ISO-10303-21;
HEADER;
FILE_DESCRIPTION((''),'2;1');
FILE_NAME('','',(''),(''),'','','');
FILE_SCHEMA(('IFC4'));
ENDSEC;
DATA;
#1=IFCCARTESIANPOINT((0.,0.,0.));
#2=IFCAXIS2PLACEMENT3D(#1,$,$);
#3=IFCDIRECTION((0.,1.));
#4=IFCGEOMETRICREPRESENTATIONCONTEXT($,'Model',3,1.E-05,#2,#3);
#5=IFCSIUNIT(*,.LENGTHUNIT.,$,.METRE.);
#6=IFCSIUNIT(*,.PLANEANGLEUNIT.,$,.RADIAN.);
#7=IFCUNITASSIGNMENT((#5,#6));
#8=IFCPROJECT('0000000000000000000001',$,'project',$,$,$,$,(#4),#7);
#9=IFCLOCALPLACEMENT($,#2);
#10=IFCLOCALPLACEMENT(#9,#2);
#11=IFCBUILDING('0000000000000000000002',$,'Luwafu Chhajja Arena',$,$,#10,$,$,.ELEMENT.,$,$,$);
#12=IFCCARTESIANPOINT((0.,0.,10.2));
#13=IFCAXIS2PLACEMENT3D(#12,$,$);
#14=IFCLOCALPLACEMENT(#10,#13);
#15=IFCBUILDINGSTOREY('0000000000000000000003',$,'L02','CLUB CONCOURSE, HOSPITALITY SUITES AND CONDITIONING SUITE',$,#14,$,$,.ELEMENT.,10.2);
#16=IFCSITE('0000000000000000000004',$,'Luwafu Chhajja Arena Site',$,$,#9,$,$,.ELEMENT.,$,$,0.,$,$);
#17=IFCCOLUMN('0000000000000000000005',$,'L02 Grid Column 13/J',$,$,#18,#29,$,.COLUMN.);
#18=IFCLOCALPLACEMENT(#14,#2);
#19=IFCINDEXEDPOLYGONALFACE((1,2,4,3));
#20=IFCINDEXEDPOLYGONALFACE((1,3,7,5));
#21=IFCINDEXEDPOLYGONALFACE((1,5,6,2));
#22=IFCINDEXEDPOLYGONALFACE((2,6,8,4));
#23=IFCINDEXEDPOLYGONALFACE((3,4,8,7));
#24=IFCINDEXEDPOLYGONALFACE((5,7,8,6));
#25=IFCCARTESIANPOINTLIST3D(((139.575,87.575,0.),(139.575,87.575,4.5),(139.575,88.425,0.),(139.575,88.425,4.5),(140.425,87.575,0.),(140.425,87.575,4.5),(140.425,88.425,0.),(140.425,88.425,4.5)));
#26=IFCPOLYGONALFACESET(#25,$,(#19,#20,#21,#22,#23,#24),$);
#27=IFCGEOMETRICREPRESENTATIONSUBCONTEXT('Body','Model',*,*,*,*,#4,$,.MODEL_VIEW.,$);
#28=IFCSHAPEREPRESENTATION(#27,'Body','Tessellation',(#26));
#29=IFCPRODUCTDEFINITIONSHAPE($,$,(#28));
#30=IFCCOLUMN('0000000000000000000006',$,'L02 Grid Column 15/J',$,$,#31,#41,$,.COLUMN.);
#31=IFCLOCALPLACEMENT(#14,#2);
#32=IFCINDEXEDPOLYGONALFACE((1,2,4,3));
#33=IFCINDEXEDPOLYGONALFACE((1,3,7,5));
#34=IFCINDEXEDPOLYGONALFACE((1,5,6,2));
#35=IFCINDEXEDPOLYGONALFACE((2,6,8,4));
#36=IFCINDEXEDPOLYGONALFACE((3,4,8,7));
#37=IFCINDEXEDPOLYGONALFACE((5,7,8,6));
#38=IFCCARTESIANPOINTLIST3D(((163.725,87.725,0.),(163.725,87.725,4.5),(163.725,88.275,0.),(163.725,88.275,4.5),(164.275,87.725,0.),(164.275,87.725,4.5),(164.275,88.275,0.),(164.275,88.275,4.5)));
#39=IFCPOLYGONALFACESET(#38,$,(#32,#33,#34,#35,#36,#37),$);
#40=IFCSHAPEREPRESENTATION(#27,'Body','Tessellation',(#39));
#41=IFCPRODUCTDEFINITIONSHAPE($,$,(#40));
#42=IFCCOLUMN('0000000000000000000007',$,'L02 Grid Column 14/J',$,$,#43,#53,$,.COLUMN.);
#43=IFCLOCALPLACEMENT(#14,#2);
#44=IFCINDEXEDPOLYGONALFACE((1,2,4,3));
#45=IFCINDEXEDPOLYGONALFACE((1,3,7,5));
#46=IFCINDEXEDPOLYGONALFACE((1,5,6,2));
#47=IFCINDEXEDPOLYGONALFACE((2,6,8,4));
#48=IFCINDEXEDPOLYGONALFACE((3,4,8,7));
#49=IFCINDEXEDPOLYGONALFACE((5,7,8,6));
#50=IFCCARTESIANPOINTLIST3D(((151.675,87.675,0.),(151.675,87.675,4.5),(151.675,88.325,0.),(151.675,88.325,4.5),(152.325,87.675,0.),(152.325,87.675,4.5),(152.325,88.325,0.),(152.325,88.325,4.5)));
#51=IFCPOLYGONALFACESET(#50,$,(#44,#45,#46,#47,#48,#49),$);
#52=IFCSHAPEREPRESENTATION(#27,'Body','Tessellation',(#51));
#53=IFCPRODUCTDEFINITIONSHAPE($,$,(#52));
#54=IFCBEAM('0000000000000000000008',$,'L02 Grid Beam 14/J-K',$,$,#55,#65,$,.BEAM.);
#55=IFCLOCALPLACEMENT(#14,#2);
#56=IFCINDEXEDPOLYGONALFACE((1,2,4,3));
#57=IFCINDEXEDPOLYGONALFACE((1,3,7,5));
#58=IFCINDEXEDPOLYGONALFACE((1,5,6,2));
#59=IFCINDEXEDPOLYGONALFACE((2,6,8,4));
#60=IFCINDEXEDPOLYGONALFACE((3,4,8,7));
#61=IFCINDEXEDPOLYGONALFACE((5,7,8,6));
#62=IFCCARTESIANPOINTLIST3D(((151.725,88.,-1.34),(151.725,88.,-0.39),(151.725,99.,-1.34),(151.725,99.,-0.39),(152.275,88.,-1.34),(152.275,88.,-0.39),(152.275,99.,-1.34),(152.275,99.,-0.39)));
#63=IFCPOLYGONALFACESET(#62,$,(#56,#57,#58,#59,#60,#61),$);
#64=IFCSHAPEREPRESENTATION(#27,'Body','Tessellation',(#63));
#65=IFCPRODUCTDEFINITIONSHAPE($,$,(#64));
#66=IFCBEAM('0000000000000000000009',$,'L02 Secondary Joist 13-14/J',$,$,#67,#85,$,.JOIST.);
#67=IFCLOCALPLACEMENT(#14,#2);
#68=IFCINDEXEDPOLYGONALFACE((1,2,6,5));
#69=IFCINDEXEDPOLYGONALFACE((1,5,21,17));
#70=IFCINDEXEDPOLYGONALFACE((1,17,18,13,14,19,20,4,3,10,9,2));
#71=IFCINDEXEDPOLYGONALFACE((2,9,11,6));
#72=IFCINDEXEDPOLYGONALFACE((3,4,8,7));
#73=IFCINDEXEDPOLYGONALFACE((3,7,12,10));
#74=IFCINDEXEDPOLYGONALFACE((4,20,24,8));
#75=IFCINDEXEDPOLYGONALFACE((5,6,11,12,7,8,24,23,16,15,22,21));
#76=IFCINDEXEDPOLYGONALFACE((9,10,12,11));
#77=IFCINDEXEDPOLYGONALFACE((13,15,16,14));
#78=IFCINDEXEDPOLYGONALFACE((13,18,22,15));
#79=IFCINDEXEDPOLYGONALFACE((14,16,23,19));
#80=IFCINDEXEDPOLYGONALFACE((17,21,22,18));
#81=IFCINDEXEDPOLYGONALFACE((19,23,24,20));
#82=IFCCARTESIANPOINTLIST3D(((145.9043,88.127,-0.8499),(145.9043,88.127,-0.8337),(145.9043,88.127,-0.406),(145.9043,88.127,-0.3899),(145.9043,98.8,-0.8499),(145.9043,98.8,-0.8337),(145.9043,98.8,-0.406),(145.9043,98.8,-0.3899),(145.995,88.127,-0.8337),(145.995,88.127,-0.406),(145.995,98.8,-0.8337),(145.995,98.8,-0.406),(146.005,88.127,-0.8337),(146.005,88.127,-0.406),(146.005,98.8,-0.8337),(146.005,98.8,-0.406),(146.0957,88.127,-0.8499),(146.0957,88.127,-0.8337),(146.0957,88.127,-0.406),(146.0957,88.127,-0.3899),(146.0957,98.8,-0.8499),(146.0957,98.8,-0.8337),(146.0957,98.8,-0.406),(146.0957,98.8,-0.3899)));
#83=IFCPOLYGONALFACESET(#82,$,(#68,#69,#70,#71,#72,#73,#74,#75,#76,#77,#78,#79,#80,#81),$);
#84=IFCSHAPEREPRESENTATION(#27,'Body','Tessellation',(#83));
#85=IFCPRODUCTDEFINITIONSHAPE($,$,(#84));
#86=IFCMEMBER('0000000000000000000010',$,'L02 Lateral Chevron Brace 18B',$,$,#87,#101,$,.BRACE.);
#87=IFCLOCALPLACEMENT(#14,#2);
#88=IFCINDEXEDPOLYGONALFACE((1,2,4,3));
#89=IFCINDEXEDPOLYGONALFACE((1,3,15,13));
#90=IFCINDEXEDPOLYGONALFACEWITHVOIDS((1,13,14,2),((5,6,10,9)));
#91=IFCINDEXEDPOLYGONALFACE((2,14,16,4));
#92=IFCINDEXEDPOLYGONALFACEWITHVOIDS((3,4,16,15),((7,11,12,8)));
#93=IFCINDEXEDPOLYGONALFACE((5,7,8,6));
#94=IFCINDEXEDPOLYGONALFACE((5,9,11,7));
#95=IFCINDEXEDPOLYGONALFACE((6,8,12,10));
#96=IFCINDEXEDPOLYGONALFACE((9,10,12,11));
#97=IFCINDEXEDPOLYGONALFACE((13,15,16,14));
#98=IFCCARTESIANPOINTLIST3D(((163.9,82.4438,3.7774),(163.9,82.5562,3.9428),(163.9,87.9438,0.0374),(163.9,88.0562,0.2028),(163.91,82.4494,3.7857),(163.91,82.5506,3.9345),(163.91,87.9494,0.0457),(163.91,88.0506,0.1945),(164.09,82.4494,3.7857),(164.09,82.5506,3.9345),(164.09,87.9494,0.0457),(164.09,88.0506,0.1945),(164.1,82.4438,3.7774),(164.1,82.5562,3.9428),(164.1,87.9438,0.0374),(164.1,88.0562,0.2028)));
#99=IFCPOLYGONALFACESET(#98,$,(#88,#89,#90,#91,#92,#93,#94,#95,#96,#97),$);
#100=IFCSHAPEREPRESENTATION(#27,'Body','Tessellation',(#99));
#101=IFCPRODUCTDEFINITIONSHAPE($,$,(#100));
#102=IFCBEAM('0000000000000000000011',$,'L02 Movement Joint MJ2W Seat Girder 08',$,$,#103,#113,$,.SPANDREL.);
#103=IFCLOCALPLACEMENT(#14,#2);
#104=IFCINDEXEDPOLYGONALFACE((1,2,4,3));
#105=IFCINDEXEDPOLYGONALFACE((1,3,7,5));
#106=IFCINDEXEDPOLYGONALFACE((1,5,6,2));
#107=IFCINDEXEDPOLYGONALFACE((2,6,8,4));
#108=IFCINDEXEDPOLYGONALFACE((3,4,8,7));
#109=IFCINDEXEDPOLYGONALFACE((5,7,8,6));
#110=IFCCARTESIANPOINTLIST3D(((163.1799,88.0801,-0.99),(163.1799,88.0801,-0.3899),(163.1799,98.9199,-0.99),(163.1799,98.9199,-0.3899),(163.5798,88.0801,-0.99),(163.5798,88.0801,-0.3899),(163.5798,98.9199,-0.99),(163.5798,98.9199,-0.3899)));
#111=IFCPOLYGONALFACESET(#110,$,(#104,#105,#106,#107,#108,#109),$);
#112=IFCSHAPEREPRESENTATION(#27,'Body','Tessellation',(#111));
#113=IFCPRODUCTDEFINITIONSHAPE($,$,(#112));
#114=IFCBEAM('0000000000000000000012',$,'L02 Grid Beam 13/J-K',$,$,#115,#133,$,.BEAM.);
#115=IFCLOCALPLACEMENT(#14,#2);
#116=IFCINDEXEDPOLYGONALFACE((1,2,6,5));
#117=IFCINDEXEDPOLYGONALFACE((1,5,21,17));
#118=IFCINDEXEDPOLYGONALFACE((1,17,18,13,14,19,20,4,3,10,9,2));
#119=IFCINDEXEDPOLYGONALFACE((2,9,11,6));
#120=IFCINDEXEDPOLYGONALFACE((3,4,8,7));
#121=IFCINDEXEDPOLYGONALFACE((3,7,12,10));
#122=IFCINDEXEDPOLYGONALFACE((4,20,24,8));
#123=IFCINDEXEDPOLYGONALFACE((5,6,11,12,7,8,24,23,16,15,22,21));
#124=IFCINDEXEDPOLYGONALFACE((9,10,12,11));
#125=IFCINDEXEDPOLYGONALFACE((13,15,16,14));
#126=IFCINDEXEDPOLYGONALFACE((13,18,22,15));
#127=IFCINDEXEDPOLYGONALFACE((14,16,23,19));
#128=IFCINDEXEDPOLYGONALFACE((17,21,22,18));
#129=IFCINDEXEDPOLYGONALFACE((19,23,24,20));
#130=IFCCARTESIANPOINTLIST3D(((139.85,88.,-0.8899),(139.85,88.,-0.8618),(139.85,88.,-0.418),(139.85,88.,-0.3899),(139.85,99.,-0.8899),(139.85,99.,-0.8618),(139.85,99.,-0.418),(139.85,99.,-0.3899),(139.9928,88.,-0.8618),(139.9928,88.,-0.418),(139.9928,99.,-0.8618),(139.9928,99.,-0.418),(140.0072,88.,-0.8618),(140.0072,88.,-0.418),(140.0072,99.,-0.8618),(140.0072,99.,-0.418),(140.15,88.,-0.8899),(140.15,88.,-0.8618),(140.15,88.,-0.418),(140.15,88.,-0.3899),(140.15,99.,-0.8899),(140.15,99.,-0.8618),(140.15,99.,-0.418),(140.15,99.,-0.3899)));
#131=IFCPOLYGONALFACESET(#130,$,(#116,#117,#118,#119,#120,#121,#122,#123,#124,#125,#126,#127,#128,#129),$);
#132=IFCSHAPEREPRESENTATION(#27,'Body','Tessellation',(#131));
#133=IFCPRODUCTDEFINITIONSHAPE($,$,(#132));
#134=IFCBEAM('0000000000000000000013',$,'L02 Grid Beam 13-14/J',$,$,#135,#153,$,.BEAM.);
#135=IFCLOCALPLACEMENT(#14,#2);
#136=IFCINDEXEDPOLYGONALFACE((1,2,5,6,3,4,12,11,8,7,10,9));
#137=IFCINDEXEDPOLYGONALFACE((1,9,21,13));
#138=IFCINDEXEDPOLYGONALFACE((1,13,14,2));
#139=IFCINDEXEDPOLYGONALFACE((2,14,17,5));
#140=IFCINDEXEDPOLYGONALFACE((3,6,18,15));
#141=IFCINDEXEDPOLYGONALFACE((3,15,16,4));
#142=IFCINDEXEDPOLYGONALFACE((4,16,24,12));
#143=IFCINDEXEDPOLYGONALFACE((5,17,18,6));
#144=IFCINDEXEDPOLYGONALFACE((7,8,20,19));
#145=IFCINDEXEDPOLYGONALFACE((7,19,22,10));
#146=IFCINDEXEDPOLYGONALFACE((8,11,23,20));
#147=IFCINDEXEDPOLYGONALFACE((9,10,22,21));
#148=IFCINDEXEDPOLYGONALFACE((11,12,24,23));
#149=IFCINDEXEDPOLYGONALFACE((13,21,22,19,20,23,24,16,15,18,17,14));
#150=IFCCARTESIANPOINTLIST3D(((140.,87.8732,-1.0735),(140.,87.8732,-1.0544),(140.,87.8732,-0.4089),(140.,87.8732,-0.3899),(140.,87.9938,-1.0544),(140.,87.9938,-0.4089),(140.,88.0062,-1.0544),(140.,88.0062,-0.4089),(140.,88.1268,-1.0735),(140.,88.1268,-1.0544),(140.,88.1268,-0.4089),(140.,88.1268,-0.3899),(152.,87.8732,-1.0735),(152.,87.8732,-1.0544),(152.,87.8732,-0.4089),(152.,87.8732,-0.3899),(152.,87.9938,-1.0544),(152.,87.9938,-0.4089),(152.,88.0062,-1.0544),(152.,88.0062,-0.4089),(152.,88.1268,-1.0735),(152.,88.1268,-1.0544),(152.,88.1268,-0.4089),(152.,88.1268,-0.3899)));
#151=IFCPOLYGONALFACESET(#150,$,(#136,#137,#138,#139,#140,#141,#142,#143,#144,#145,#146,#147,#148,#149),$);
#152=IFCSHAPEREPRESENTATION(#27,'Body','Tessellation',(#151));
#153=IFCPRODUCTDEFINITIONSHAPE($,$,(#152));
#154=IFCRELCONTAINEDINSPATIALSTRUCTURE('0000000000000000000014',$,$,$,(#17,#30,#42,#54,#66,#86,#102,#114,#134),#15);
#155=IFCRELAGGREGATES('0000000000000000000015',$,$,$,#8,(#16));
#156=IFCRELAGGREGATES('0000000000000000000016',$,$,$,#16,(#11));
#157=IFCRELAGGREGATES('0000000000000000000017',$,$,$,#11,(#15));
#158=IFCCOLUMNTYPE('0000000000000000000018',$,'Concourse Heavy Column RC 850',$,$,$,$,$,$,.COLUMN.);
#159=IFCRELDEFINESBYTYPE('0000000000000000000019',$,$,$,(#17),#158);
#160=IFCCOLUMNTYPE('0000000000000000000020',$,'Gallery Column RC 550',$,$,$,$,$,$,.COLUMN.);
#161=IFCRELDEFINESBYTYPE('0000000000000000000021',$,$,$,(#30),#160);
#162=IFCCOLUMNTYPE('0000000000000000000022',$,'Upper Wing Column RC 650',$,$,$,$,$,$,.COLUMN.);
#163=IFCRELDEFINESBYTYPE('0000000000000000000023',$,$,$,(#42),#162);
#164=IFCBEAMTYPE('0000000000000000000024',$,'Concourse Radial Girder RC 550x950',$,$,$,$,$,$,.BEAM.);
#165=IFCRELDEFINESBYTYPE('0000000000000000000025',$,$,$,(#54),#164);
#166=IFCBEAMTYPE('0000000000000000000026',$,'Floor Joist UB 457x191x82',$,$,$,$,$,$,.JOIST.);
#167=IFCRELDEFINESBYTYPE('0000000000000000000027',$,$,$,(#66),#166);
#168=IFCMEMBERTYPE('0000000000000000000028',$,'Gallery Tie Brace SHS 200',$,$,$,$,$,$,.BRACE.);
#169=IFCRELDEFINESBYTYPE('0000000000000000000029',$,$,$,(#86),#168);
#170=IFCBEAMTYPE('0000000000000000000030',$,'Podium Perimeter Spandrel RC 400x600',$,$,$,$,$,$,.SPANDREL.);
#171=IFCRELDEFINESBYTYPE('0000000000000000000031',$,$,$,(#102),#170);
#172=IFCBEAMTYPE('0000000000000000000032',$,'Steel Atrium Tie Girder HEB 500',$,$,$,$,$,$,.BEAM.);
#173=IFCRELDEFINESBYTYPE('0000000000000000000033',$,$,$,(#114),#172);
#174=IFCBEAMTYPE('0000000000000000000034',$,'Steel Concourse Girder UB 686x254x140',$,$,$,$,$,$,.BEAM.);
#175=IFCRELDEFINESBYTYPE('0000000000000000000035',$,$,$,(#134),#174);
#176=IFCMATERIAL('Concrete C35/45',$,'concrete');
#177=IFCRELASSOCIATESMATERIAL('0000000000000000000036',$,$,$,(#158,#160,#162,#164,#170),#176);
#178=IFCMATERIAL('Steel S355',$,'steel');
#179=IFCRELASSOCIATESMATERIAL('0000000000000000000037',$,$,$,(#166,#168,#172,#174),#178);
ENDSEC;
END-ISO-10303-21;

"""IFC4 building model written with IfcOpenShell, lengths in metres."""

from ifc_helpers import new_model, si_unit, direction, frame, origin, origin_2d, place, context, subcontext, project, spatial, rectangle, hollow_rectangle, i_section, extrude, material, material_profile, profile_set, type_object, element, save


model = new_model("IFC4")

# Units and contexts
model_context = context("Model", 3, precision=1e-05, world=origin(), true_north=direction((0.0, 1.0)))
body_context = subcontext(model_context, "Body", "Model", "MODEL_VIEW")
ifc_project = project(units=[si_unit("LENGTHUNIT", "METRE"), si_unit("PLANEANGLEUNIT", "RADIAN")], contexts=[model_context])

# Site, building, storey
site_placement = place(None, origin())
site = spatial("IfcSite", under=ifc_project, at=site_placement, Name="Luwafu Chhajja Arena Site", CompositionType="ELEMENT", RefElevation=0.0)
building_placement = place(site_placement, origin())
building = spatial("IfcBuilding", under=site, at=building_placement, Name="Luwafu Chhajja Arena", CompositionType="ELEMENT")
storey_placement = place(building_placement, frame((0.0, 0.0, 10.2)))
storey = spatial("IfcBuildingStorey", under=building, at=storey_placement, Name="L02", Description="CLUB CONCOURSE, HOSPITALITY SUITES AND CONDITIONING SUITE", CompositionType="ELEMENT", Elevation=10.2)

# Columns
ifc_material_1 = material(Name="Concrete C35/45", Category="concrete")
ifc_material_profile_1 = material_profile(ifc_material_1, rectangle(XDim=0.8501, YDim=0.8501, at=origin_2d()), Name="RC 850x850")
ifc_profile_set_1 = profile_set([ifc_material_profile_1], Name="Concrete C35/45")
column_type_1 = type_object("IfcColumnType", Name="Concourse Heavy Column RC 850", PredefinedType="COLUMN", material=ifc_profile_set_1)
column_1_placement = place(storey_placement, frame((140.0, 88.0, 0.0), z_axis=(0.0, 0.0, 1.0), x_axis=(1.0, 0.0, 0.0)))
element("IfcColumn", 1, at=column_1_placement, inside=storey, type_object=column_type_1, Name="L02 Grid Column 13/J", PredefinedType="COLUMN", context=body_context, shape_type="SweptSolid", body=[
    extrude(rectangle(XDim=0.8501, YDim=0.8501, at=origin_2d()), origin(), (0.0, 0.0, 1.0), 4.5),
])
ifc_material_profile_2 = material_profile(ifc_material_1, rectangle(XDim=0.55, YDim=0.55, at=origin_2d()), Name="RC 550x550")
ifc_profile_set_2 = profile_set([ifc_material_profile_2], Name="Concrete C35/45")
column_type_2 = type_object("IfcColumnType", Name="Gallery Column RC 550", PredefinedType="COLUMN", material=ifc_profile_set_2)
column_2_placement = place(storey_placement, frame((164.0, 88.0, 0.0), z_axis=(0.0, 0.0, 1.0), x_axis=(1.0, 0.0, 0.0)))
element("IfcColumn", 2, at=column_2_placement, inside=storey, type_object=column_type_2, Name="L02 Grid Column 15/J", PredefinedType="COLUMN", context=body_context, shape_type="SweptSolid", body=[
    extrude(rectangle(XDim=0.55, YDim=0.55, at=origin_2d()), origin(), (0.0, 0.0, 1.0), 4.5),
])
ifc_material_profile_3 = material_profile(ifc_material_1, rectangle(XDim=0.6499, YDim=0.6499, at=origin_2d()), Name="RC 650x650")
ifc_profile_set_3 = profile_set([ifc_material_profile_3], Name="Concrete C35/45")
column_type_3 = type_object("IfcColumnType", Name="Upper Wing Column RC 650", PredefinedType="COLUMN", material=ifc_profile_set_3)
column_3_placement = place(storey_placement, frame((152.0, 88.0, 0.0), z_axis=(0.0, 0.0, 1.0), x_axis=(1.0, 0.0, 0.0)))
element("IfcColumn", 3, at=column_3_placement, inside=storey, type_object=column_type_3, Name="L02 Grid Column 14/J", PredefinedType="COLUMN", context=body_context, shape_type="SweptSolid", body=[
    extrude(rectangle(XDim=0.6499, YDim=0.6499, at=origin_2d()), origin(), (0.0, 0.0, 1.0), 4.5),
])

# Beams
ifc_material_profile_4 = material_profile(ifc_material_1, rectangle(XDim=0.55, YDim=0.95, at=origin_2d()), Name="RC 550x950")
ifc_profile_set_4 = profile_set([ifc_material_profile_4], Name="Concrete C35/45")
beam_type_1 = type_object("IfcBeamType", Name="Concourse Radial Girder RC 550x950", PredefinedType="BEAM", material=ifc_profile_set_4)
beam_1_placement = place(storey_placement, frame((152.0, 88.0, -0.865), z_axis=(0.0, 1.0, 0.0), x_axis=(-1.0, 0.0, 0.0)))
element("IfcBeam", 4, at=beam_1_placement, inside=storey, type_object=beam_type_1, Name="L02 Grid Beam 14/J-K", PredefinedType="BEAM", context=body_context, shape_type="SweptSolid", body=[
    extrude(rectangle(XDim=0.55, YDim=0.95, at=origin_2d()), origin(), (0.0, 0.0, 1.0), 11.0),
])
ifc_material_2 = material(Name="Steel S355", Category="steel")
ifc_material_profile_5 = material_profile(ifc_material_2, i_section(OverallWidth=0.1914, OverallDepth=0.46, WebThickness=0.01, FlangeThickness=0.0161, at=origin_2d()), Name="UB 457x191x82")
ifc_profile_set_5 = profile_set([ifc_material_profile_5], Name="Steel S355")
beam_type_2 = type_object("IfcBeamType", Name="Floor Joist UB 457x191x82", PredefinedType="JOIST", material=ifc_profile_set_5)
beam_2_placement = place(storey_placement, frame((146.0, 88.127, -0.6199), z_axis=(0.0, 1.0, 0.0), x_axis=(-1.0, 0.0, 0.0)))
element("IfcBeam", 5, at=beam_2_placement, inside=storey, type_object=beam_type_2, Name="L02 Secondary Joist 13-14/J", PredefinedType="JOIST", context=body_context, shape_type="SweptSolid", body=[
    extrude(i_section(OverallWidth=0.1914, OverallDepth=0.46, WebThickness=0.01, FlangeThickness=0.0161, at=origin_2d()), origin(), (0.0, 0.0, 1.0), 10.6731),
])

# Member
ifc_material_profile_6 = material_profile(ifc_material_2, hollow_rectangle(XDim=0.2, YDim=0.2, WallThickness=0.01, at=origin_2d()), Name="SHS 200x200x10")
ifc_profile_set_6 = profile_set([ifc_material_profile_6], Name="Steel S355")
member_type = type_object("IfcMemberType", Name="Gallery Tie Brace SHS 200", PredefinedType="BRACE", material=ifc_profile_set_6)
member_placement = place(storey_placement, frame((164.0, 88.0, 0.1201), z_axis=(0.0, -0.826927, 0.562309), x_axis=(1.0, 0.0, 0.0)))
element("IfcMember", 6, at=member_placement, inside=storey, type_object=member_type, Name="L02 Lateral Chevron Brace 18B", PredefinedType="BRACE", context=body_context, shape_type="SweptSolid", body=[
    extrude(hollow_rectangle(XDim=0.2, YDim=0.2, WallThickness=0.01, at=origin_2d()), origin(), (0.0, 0.0, 1.0), 6.6511),
])

# Beams
ifc_material_profile_7 = material_profile(ifc_material_1, rectangle(XDim=0.3999, YDim=0.6001, at=origin_2d()), Name="RC 400x600")
ifc_profile_set_7 = profile_set([ifc_material_profile_7], Name="Concrete C35/45")
beam_type_3 = type_object("IfcBeamType", Name="Podium Perimeter Spandrel RC 400x600", PredefinedType="SPANDREL", material=ifc_profile_set_7)
beam_3_placement = place(storey_placement, frame((163.3799, 88.0801, -0.6899), z_axis=(0.0, 1.0, 0.0), x_axis=(-1.0, 0.0, 0.0)))
element("IfcBeam", 7, at=beam_3_placement, inside=storey, type_object=beam_type_3, Name="L02 Movement Joint MJ2W Seat Girder 08", PredefinedType="SPANDREL", context=body_context, shape_type="SweptSolid", body=[
    extrude(rectangle(XDim=0.3999, YDim=0.6001, at=origin_2d()), origin(), (0.0, 0.0, 1.0), 10.8398),
])
ifc_material_profile_8 = material_profile(ifc_material_2, i_section(OverallWidth=0.3, OverallDepth=0.5, WebThickness=0.0144, FlangeThickness=0.0281, at=origin_2d()), Name="HEB 500")
ifc_profile_set_8 = profile_set([ifc_material_profile_8], Name="Steel S355")
beam_type_4 = type_object("IfcBeamType", Name="Steel Atrium Tie Girder HEB 500", PredefinedType="BEAM", material=ifc_profile_set_8)
beam_4_placement = place(storey_placement, frame((140.0, 88.0, -0.6399), z_axis=(0.0, 1.0, 0.0), x_axis=(-1.0, 0.0, 0.0)))
element("IfcBeam", 8, at=beam_4_placement, inside=storey, type_object=beam_type_4, Name="L02 Grid Beam 13/J-K", PredefinedType="BEAM", context=body_context, shape_type="SweptSolid", body=[
    extrude(i_section(OverallWidth=0.3, OverallDepth=0.5, WebThickness=0.0144, FlangeThickness=0.0281, at=origin_2d()), origin(), (0.0, 0.0, 1.0), 11.0),
])
ifc_material_profile_9 = material_profile(ifc_material_2, i_section(OverallWidth=0.2537, OverallDepth=0.6836, WebThickness=0.0125, FlangeThickness=0.019, at=origin_2d()), Name="UB 686x254x140")
ifc_profile_set_9 = profile_set([ifc_material_profile_9], Name="Steel S355")
beam_type_5 = type_object("IfcBeamType", Name="Steel Concourse Girder UB 686x254x140", PredefinedType="BEAM", material=ifc_profile_set_9)
beam_5_placement = place(storey_placement, frame((140.0, 88.0, -0.7317), z_axis=(1.0, 0.0, 0.0), x_axis=(0.0, 1.0, 0.0)))
element("IfcBeam", 9, at=beam_5_placement, inside=storey, type_object=beam_type_5, Name="L02 Grid Beam 13-14/J", PredefinedType="BEAM", context=body_context, shape_type="SweptSolid", body=[
    extrude(i_section(OverallWidth=0.2537, OverallDepth=0.6836, WebThickness=0.0125, FlangeThickness=0.019, at=origin_2d()), origin(), (0.0, 0.0, 1.0), 12.0),
])

save(model, "model.ifc")
